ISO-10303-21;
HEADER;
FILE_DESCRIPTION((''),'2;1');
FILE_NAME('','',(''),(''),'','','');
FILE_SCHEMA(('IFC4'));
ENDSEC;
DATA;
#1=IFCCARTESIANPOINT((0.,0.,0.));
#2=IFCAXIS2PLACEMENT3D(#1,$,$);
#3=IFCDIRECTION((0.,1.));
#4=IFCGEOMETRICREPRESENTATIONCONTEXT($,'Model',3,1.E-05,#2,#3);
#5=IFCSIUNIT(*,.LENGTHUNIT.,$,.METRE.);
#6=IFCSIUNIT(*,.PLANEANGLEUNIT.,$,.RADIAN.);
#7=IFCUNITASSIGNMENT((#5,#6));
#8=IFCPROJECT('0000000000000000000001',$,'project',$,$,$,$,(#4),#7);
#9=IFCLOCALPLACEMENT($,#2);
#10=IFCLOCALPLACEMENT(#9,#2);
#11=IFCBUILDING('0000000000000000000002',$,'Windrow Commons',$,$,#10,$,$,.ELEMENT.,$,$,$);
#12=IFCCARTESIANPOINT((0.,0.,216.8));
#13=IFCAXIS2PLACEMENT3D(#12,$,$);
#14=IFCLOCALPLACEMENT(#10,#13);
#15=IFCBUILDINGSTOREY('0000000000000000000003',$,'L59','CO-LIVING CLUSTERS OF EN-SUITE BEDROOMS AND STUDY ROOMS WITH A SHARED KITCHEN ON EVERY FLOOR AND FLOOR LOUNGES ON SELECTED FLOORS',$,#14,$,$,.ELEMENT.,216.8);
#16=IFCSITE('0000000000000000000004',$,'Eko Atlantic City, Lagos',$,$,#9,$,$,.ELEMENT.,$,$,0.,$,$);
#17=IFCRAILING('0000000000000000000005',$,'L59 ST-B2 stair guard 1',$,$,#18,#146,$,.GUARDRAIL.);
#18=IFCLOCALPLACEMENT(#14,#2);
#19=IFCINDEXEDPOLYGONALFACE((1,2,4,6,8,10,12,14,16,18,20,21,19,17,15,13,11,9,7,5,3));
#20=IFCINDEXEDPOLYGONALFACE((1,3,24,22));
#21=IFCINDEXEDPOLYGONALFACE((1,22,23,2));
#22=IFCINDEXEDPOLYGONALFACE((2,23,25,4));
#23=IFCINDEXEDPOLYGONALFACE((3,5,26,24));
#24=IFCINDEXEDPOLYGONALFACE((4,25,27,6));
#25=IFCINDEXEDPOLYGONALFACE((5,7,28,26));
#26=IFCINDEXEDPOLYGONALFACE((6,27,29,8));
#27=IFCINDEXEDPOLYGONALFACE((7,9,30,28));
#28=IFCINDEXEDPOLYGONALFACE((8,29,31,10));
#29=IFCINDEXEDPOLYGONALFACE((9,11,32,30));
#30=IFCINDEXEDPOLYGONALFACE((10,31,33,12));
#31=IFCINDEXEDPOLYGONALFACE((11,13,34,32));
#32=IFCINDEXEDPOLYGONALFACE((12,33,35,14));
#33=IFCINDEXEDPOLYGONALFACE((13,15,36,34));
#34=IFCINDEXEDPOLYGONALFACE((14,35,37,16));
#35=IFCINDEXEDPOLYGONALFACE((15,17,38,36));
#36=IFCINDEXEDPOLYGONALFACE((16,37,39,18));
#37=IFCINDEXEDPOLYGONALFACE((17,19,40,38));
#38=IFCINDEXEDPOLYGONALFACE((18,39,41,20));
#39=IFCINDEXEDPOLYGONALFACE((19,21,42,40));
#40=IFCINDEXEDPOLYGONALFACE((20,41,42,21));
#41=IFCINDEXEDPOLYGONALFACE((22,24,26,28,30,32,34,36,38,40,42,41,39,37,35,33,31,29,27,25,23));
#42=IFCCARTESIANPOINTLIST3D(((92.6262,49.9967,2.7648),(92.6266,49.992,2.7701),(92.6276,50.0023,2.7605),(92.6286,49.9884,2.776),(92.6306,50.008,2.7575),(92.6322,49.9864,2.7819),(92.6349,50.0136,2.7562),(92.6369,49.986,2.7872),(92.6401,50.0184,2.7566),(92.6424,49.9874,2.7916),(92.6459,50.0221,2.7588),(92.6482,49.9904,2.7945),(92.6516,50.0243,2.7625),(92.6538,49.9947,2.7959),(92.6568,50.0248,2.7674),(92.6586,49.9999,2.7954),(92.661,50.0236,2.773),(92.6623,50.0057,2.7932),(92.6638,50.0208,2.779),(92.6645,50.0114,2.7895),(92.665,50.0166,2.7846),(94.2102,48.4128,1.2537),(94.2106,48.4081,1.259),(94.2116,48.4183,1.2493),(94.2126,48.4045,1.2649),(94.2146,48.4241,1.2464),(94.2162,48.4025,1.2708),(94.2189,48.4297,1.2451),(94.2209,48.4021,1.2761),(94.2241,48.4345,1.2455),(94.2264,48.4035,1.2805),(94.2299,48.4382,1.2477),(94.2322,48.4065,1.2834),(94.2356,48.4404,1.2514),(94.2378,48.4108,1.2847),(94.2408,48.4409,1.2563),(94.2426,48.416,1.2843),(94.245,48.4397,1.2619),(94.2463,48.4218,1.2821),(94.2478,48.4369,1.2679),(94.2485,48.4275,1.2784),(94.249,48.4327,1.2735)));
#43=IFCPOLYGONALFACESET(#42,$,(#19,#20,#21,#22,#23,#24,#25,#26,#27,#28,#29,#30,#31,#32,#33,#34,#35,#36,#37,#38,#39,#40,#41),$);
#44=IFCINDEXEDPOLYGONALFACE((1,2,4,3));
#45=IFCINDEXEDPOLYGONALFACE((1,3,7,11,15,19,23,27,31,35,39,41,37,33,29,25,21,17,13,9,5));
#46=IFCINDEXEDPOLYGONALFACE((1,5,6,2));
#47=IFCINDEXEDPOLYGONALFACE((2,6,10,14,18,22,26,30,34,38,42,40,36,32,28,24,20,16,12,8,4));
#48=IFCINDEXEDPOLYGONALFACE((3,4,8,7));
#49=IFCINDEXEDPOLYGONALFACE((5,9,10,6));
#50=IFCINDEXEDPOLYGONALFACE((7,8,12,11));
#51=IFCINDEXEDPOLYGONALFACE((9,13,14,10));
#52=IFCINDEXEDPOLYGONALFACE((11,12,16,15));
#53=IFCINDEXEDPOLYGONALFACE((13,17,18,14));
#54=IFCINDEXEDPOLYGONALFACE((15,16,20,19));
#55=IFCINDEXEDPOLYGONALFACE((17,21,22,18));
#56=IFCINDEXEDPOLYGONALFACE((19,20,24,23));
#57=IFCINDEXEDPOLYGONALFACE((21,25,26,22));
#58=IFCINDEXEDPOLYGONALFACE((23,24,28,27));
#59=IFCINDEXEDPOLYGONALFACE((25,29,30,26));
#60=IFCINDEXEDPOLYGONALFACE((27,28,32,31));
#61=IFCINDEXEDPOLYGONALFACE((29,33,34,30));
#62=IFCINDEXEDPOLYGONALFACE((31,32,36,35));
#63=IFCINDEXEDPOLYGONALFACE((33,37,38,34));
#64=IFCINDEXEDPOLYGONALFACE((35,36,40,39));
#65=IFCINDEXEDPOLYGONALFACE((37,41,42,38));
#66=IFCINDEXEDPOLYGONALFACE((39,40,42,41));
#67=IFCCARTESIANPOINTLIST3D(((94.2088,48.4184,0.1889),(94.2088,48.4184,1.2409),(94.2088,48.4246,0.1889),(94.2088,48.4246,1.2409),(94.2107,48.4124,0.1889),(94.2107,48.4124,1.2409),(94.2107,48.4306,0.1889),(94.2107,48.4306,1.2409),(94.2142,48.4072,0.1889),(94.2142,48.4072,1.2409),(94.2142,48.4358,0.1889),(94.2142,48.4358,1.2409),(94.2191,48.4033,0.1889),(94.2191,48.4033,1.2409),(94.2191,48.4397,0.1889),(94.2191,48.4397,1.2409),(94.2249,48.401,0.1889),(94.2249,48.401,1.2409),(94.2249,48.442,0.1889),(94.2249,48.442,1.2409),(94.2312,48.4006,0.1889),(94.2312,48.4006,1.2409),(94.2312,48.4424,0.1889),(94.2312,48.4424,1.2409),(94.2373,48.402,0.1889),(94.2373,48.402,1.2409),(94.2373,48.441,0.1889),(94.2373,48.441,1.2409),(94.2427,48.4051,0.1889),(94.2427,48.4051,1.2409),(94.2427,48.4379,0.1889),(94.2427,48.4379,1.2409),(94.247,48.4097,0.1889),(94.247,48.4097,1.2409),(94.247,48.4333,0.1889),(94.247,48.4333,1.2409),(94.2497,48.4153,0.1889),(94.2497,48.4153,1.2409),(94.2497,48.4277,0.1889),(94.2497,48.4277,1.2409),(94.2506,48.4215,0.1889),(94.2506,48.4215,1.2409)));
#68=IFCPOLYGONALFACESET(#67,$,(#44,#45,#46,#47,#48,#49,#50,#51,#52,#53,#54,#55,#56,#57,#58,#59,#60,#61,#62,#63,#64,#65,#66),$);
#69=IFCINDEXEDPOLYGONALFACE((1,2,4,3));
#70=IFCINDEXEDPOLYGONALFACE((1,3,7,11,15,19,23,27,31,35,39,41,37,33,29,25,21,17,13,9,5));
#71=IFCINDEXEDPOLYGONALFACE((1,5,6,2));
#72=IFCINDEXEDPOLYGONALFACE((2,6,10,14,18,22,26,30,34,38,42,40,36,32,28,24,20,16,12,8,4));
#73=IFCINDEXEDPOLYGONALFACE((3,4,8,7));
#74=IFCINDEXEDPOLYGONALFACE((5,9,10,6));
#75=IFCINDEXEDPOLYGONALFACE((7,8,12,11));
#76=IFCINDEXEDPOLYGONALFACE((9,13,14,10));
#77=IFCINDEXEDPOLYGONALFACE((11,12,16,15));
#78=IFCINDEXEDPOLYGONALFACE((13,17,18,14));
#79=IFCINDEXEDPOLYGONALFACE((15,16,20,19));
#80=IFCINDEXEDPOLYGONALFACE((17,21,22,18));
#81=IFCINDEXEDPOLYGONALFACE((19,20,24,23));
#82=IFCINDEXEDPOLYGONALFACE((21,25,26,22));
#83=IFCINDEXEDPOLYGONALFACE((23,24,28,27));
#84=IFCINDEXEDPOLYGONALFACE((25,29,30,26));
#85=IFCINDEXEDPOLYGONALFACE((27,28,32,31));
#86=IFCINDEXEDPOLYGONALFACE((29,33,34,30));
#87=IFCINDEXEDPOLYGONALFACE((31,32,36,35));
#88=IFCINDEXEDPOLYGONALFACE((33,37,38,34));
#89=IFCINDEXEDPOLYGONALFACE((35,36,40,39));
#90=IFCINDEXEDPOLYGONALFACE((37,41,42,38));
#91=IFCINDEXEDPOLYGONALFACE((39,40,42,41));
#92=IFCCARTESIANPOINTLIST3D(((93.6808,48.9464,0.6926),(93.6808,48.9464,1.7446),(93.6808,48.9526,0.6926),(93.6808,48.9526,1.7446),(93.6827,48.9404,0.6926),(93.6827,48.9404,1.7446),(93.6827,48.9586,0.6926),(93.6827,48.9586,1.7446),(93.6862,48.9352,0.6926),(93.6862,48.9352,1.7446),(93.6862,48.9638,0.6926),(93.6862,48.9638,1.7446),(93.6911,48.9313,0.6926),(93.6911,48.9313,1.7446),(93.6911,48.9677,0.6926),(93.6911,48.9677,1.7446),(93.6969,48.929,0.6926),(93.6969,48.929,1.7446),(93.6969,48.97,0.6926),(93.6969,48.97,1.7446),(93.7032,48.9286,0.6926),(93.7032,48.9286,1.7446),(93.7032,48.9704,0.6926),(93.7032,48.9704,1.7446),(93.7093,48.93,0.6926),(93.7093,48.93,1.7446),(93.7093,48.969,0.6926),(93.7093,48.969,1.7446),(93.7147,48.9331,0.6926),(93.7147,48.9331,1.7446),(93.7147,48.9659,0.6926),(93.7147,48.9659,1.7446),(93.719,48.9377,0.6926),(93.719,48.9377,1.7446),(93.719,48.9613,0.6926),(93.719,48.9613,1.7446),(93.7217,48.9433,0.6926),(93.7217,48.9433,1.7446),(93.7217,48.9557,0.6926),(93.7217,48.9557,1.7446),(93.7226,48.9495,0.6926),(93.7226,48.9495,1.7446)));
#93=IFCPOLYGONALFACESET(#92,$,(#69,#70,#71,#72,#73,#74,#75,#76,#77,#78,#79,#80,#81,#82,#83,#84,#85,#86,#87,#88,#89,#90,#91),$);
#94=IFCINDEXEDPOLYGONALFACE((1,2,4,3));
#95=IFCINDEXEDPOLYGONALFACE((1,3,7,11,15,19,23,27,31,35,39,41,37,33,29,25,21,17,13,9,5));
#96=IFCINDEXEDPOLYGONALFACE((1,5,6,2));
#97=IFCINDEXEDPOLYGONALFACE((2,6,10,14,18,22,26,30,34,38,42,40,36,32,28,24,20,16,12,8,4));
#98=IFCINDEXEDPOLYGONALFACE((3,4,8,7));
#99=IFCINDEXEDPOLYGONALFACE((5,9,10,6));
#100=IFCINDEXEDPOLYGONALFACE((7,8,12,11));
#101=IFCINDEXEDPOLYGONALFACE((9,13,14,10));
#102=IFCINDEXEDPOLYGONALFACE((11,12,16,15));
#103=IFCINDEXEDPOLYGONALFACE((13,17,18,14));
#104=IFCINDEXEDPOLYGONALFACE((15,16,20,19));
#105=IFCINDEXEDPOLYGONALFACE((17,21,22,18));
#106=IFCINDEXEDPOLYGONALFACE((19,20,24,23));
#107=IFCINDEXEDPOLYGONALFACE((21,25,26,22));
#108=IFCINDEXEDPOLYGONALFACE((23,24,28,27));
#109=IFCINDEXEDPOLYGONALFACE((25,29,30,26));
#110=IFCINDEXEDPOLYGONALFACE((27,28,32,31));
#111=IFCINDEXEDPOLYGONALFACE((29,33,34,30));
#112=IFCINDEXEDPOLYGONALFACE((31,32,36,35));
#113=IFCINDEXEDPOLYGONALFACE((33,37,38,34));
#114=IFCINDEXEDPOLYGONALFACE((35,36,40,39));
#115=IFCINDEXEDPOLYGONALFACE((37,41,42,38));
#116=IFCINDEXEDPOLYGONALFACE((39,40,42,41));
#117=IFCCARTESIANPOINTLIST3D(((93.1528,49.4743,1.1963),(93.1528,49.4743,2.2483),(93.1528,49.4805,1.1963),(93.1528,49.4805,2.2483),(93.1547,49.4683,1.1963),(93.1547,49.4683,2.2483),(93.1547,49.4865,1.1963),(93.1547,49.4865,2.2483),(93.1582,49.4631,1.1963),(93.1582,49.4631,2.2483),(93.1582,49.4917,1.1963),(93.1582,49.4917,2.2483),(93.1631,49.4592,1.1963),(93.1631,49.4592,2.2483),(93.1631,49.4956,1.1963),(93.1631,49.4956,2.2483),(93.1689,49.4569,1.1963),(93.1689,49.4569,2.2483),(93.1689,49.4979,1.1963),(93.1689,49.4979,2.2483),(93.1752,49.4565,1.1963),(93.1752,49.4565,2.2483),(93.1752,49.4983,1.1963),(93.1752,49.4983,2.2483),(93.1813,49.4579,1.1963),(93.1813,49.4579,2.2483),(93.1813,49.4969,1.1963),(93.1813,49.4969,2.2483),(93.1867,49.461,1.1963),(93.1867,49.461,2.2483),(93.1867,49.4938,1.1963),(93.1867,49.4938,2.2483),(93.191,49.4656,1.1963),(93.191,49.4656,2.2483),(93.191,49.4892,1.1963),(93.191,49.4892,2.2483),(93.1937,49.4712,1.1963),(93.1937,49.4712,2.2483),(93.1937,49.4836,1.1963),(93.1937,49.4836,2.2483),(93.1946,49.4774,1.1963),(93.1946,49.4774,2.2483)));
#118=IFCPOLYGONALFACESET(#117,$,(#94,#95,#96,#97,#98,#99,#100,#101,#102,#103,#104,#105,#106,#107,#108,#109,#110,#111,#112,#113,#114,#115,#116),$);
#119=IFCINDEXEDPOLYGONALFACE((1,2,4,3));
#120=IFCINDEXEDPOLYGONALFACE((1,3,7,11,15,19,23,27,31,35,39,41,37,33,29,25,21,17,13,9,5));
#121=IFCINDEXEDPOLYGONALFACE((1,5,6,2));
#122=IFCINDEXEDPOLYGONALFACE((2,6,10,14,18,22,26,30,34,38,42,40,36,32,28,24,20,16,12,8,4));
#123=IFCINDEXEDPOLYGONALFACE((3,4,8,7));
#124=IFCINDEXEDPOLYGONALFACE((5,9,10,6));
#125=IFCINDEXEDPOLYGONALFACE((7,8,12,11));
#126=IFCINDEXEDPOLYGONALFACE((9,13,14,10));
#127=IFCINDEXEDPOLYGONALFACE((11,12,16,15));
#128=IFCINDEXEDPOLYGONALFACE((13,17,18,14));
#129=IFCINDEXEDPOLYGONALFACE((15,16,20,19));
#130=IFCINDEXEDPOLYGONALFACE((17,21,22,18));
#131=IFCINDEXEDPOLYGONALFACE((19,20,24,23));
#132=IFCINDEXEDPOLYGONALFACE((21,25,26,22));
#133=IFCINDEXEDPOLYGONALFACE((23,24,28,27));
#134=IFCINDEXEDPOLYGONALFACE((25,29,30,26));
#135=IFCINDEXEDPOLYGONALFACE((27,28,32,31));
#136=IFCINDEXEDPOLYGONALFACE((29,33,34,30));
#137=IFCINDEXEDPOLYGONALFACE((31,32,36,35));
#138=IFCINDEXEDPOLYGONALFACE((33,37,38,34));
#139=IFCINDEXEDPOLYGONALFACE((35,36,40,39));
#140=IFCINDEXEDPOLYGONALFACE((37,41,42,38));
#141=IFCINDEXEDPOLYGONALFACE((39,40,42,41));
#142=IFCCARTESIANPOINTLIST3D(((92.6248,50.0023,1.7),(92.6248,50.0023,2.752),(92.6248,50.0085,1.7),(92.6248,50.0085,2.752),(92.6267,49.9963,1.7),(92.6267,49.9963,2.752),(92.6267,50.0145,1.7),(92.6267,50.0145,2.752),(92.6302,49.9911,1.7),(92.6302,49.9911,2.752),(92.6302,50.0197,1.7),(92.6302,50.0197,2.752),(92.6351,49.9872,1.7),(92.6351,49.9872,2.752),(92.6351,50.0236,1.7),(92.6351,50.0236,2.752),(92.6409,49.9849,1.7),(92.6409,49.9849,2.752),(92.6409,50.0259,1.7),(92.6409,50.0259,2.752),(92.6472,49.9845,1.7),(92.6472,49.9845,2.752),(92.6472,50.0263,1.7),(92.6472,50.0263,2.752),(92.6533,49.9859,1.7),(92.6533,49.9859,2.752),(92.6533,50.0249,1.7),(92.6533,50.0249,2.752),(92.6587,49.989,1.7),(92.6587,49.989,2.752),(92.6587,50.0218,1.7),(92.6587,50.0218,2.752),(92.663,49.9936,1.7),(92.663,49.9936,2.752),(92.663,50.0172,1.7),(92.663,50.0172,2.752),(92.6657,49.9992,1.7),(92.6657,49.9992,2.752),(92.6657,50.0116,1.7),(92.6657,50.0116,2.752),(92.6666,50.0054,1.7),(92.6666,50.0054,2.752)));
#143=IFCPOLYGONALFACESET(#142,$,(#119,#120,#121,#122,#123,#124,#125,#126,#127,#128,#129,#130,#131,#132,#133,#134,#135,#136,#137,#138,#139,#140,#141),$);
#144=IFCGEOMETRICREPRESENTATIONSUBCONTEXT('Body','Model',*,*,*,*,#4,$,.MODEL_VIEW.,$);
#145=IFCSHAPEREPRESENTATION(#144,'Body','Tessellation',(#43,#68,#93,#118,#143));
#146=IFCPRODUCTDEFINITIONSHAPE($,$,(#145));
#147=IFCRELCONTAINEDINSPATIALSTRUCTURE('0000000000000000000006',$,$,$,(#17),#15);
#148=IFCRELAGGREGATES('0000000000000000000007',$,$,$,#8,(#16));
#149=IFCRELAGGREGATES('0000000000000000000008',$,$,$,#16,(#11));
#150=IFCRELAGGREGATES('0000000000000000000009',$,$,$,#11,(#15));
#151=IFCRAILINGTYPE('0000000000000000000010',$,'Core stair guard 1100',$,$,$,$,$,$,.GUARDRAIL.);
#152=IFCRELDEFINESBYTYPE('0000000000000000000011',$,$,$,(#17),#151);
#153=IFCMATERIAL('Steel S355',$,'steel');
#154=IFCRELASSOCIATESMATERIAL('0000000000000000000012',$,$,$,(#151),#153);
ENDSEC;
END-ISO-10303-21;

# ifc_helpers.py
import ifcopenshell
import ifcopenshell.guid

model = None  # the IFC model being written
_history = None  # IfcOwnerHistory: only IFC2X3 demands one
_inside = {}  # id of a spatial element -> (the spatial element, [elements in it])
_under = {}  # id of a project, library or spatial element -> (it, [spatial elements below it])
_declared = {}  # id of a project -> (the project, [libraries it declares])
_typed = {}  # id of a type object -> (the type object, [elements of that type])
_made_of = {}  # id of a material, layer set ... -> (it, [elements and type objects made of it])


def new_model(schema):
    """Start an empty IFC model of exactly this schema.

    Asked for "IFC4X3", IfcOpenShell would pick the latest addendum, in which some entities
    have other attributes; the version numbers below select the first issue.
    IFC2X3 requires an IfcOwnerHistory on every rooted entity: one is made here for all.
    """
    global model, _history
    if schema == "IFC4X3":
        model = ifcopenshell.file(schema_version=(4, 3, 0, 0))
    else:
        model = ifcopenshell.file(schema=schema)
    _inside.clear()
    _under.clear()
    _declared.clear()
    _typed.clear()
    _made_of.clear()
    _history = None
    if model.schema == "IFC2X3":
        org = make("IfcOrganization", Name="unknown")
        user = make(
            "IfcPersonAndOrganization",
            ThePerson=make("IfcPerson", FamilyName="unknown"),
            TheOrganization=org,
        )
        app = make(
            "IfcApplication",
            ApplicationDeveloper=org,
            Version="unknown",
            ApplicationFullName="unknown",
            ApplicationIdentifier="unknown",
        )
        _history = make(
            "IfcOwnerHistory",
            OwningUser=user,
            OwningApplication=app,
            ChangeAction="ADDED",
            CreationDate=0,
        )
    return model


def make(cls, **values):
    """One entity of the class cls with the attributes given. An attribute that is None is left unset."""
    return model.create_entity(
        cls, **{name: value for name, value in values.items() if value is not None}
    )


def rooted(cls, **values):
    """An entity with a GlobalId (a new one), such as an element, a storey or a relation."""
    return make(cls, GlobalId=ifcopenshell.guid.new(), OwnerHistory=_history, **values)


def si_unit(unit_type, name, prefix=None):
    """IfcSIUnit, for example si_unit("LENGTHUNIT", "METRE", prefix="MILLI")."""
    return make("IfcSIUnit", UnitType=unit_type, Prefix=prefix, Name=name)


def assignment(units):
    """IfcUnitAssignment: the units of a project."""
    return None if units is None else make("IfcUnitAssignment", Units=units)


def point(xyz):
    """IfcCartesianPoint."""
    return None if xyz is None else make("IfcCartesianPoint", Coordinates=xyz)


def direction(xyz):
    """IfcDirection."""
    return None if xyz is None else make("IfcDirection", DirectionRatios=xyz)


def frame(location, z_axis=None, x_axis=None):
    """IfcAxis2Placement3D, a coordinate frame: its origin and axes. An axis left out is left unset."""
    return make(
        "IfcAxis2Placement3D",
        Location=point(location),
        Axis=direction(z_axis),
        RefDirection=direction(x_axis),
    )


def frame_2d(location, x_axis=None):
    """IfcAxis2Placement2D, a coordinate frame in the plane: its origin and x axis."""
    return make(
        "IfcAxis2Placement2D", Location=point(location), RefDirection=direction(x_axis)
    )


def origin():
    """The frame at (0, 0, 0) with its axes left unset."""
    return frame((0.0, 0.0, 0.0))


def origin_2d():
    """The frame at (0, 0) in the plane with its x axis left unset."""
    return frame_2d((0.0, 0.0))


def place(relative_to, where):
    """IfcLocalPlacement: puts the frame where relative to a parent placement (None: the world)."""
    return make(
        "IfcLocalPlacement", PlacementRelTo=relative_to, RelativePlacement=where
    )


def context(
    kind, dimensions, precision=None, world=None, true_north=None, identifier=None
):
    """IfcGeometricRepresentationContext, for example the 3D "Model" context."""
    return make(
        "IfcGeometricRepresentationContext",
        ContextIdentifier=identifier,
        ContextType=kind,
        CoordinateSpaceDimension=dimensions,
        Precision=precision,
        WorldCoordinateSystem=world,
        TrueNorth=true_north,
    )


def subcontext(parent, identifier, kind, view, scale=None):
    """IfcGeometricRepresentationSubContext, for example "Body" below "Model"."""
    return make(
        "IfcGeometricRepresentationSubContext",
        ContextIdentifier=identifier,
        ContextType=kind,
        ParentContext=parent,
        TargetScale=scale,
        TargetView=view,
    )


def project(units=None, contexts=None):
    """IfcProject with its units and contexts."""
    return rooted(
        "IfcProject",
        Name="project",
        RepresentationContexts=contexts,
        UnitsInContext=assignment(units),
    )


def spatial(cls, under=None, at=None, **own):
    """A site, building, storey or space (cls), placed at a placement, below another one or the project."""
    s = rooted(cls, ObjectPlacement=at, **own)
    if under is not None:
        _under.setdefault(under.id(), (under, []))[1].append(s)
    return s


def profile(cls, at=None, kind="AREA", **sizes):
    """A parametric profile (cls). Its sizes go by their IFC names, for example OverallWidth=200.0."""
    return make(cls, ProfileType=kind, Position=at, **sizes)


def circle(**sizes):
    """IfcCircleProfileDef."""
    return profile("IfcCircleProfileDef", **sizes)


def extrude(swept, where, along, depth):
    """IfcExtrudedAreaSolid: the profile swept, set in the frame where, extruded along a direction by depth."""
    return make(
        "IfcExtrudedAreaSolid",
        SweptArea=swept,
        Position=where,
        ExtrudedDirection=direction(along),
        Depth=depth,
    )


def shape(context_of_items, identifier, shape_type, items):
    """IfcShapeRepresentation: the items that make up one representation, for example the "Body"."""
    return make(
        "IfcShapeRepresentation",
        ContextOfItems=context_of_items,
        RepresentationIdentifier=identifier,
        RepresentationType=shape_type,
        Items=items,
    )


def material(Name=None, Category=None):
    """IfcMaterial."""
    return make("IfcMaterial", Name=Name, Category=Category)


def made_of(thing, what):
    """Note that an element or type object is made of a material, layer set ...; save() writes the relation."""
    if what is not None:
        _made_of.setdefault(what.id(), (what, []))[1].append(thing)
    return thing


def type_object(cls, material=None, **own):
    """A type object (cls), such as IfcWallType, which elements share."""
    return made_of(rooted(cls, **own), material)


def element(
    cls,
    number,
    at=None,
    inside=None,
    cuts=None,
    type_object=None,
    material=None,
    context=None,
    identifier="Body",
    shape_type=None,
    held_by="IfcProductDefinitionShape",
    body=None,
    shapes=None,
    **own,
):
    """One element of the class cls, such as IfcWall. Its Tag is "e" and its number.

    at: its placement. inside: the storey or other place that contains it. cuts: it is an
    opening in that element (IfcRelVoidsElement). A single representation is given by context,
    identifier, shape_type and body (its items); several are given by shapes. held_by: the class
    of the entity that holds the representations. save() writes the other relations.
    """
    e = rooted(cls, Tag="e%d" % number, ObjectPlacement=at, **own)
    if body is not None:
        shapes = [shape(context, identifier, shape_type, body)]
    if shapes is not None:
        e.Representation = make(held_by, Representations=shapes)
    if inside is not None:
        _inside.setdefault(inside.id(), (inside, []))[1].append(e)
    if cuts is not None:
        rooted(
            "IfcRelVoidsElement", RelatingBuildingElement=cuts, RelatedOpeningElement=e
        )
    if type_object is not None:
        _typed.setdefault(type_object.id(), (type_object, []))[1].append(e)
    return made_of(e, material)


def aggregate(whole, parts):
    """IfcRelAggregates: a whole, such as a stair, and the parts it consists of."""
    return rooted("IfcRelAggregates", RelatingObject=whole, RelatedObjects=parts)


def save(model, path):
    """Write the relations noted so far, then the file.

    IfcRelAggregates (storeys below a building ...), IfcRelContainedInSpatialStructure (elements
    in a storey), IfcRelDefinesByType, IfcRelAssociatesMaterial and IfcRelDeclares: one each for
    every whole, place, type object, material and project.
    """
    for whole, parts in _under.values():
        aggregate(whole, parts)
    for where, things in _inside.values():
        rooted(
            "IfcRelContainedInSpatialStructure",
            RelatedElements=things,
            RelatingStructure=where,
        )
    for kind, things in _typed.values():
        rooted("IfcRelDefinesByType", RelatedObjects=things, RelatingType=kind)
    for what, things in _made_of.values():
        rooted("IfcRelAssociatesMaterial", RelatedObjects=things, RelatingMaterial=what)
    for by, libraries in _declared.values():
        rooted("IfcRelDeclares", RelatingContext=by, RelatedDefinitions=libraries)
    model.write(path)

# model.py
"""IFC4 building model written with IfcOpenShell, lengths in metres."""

from ifc_helpers import new_model, si_unit, direction, frame, origin, origin_2d, place, context, subcontext, project, spatial, circle, extrude, material, type_object, element, save


model = new_model("IFC4")

# Units and contexts
model_context = context("Model", 3, precision=1e-05, world=origin(), true_north=direction((0.0, 1.0)))
body_context = subcontext(model_context, "Body", "Model", "MODEL_VIEW")
ifc_project = project(units=[si_unit("LENGTHUNIT", "METRE"), si_unit("PLANEANGLEUNIT", "RADIAN")], contexts=[model_context])

# Site, building, storey
site_placement = place(None, origin())
site = spatial("IfcSite", under=ifc_project, at=site_placement, Name="Eko Atlantic City, Lagos", CompositionType="ELEMENT", RefElevation=0.0)
building_placement = place(site_placement, origin())
building = spatial("IfcBuilding", under=site, at=building_placement, Name="Windrow Commons", CompositionType="ELEMENT")
storey_placement = place(building_placement, frame((0.0, 0.0, 216.8)))
storey = spatial("IfcBuildingStorey", under=building, at=storey_placement, Name="L59", Description="CO-LIVING CLUSTERS OF EN-SUITE BEDROOMS AND STUDY ROOMS WITH A SHARED KITCHEN ON EVERY FLOOR AND FLOOR LOUNGES ON SELECTED FLOORS", CompositionType="ELEMENT", Elevation=216.8)

# Railing
ifc_material_1 = material(Name="Steel S355", Category="steel")
railing_type_1 = type_object("IfcRailingType", Name="Core stair guard 1100", PredefinedType="GUARDRAIL", material=ifc_material_1)
railing_1_placement = place(storey_placement, frame((94.2296, 48.4215, 0.1889)))
element("IfcRailing", 1, at=railing_1_placement, inside=storey, type_object=railing_type_1, Name="L59 ST-B2 stair guard 1", PredefinedType="GUARDRAIL", context=body_context, shape_type="SweptSolid", body=[
    extrude(circle(Radius=0.024, at=origin_2d()), frame((0.0, 0.0, 1.076), z_axis=(-0.586216, 0.586179, 0.559237), x_axis=(-0.707084, -0.707129, 0.0)), (0.0, 0.0, 1.0), 2.7021),
    extrude(circle(Radius=0.021, at=origin_2d()), origin(), (0.0, 0.0, 1.0), 1.052),
    extrude(circle(Radius=0.021, at=origin_2d()), frame((-0.528, 0.528, 0.5037)), (0.0, 0.0, 1.0), 1.052),
    extrude(circle(Radius=0.021, at=origin_2d()), frame((-1.056, 1.0559, 1.0074)), (0.0, 0.0, 1.0), 1.052),
    extrude(circle(Radius=0.021, at=origin_2d()), frame((-1.584, 1.5839, 1.5111)), (0.0, 0.0, 1.0), 1.052),
])

save(model, "model.ifc")
